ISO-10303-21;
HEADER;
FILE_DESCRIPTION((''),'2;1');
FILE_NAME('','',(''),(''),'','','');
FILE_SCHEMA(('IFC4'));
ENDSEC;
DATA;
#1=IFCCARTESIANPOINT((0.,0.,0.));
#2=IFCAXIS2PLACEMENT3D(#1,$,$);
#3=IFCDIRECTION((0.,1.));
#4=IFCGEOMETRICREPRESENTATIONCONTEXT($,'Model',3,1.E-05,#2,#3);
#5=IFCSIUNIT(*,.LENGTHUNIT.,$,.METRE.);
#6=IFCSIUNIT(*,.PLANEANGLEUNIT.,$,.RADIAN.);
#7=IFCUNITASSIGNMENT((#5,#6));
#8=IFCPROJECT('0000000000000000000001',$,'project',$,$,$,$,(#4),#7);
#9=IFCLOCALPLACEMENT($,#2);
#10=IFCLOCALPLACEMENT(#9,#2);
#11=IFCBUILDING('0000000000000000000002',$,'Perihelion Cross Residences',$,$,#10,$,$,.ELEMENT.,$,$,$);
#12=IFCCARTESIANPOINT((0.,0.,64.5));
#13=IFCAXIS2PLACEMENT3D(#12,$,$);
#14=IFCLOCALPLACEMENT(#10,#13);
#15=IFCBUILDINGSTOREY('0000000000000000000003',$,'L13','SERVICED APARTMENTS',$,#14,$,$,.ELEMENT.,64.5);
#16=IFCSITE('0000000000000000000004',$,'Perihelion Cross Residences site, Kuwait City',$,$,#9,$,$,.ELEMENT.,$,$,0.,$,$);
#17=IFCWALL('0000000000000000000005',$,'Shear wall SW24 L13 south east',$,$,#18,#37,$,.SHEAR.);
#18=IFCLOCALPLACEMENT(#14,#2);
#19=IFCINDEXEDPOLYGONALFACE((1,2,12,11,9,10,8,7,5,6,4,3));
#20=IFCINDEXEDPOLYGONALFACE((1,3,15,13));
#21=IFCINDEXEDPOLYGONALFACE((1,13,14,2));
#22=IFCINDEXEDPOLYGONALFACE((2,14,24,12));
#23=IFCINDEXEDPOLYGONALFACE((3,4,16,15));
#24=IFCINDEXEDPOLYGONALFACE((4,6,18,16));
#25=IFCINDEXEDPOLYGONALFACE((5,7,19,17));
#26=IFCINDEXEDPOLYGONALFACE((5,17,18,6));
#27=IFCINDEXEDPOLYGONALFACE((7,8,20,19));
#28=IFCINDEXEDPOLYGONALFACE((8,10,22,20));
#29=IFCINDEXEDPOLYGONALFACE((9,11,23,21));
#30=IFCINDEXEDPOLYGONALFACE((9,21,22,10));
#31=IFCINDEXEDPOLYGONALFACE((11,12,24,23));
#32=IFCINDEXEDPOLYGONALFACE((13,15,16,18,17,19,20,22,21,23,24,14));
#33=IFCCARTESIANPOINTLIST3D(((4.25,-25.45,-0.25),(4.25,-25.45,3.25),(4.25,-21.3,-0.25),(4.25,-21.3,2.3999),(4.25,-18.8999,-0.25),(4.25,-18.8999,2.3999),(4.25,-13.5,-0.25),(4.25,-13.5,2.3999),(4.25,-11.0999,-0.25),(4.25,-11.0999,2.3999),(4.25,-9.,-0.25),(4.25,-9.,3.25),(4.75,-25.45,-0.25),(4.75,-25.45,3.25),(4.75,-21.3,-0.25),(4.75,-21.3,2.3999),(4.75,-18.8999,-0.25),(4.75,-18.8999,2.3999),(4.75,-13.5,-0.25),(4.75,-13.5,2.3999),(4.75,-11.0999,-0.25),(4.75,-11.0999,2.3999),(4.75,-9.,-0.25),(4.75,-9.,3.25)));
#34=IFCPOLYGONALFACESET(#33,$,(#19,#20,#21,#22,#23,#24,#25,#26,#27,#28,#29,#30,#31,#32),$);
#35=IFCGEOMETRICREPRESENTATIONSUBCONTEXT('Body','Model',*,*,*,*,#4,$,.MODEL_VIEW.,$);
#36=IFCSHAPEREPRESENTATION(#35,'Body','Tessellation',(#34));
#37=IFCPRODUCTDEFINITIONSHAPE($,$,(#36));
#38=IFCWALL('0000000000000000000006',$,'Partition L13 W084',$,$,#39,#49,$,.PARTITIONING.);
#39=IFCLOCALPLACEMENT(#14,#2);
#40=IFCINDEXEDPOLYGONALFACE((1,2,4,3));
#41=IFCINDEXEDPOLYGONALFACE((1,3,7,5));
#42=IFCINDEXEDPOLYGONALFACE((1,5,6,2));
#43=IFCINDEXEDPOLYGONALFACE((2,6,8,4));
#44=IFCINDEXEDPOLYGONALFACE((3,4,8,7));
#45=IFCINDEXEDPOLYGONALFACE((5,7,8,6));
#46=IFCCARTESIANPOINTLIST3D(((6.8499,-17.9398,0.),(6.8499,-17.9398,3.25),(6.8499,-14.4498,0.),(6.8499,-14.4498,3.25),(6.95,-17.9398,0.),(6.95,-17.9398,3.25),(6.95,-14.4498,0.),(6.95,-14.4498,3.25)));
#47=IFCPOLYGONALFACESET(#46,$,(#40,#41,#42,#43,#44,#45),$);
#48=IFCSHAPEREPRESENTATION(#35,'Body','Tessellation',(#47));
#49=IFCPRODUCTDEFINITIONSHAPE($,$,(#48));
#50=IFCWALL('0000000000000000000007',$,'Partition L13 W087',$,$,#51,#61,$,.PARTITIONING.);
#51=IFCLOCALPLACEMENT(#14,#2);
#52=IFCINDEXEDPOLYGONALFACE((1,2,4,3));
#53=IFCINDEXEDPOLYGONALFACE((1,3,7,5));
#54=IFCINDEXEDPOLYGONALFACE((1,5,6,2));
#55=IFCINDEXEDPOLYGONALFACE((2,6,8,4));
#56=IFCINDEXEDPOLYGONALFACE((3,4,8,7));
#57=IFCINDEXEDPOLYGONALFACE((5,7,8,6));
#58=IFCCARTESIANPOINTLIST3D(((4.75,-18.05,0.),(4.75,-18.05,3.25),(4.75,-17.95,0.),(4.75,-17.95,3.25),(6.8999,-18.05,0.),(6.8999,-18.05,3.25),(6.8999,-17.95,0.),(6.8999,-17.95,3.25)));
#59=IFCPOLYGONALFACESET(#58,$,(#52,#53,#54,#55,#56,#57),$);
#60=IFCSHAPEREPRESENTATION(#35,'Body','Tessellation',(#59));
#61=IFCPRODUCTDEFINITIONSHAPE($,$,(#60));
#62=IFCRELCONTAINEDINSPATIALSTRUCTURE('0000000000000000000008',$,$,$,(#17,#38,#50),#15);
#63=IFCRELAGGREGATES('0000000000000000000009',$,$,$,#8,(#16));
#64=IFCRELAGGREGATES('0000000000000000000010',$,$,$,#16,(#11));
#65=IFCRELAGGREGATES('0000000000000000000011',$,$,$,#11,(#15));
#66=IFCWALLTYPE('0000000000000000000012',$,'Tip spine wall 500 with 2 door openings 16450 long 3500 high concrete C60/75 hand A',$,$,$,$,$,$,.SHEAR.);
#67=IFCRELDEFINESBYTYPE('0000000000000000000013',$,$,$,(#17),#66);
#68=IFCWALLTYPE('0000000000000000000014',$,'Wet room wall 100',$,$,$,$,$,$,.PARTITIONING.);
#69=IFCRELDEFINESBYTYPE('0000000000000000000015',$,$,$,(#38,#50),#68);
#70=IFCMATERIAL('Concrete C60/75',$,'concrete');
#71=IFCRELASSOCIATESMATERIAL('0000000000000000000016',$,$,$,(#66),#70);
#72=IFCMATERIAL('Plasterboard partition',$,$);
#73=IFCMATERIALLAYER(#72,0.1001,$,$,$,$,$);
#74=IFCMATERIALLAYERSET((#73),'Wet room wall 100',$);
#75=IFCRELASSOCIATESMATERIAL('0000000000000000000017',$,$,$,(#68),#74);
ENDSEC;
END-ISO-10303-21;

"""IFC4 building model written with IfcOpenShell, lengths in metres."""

from ifc_helpers import new_model, si_unit, direction, frame, frame_2d, origin, place, context, subcontext, project, spatial, polyline, rectangle, outline, extrude, material, layer, layer_set, material_profile, profile_set, type_object, element, save


model = new_model("IFC4")

# Units and contexts
model_context = context("Model", 3, precision=1e-05, world=origin(), true_north=direction((0.0, 1.0)))
body_context = subcontext(model_context, "Body", "Model", "MODEL_VIEW")
ifc_project = project(units=[si_unit("LENGTHUNIT", "METRE"), si_unit("PLANEANGLEUNIT", "RADIAN")], contexts=[model_context])

# Site, building, storey
site_placement = place(None, origin())
site = spatial("IfcSite", under=ifc_project, at=site_placement, Name="Perihelion Cross Residences site, Kuwait City", CompositionType="ELEMENT", RefElevation=0.0)
building_placement = place(site_placement, origin())
building = spatial("IfcBuilding", under=site, at=building_placement, Name="Perihelion Cross Residences", CompositionType="ELEMENT")
storey_placement = place(building_placement, frame((0.0, 0.0, 64.5)))
storey = spatial("IfcBuildingStorey", under=building, at=storey_placement, Name="L13", Description="SERVICED APARTMENTS", CompositionType="ELEMENT", Elevation=64.5)

# Walls
ifc_material_1 = material(Name="Concrete C60/75", Category="concrete")
ifc_material_profile_1 = material_profile(ifc_material_1, outline(polyline([(0.0, 0.0), (4.1499, 0.0), (4.1499, 2.6499), (6.55, 2.6499), (6.55, 0.0), (11.95, 0.0), (11.95, 2.6499), (14.3501, 2.6499), (14.3501, 0.0), (16.45, 0.0), (16.45, 3.5), (0.0, 3.5), (0.0, 0.0)])), Name="Tip spine wall")
ifc_profile_set_1 = profile_set([ifc_material_profile_1], Name="Concrete C60/75")
wall_type_1 = type_object("IfcWallType", Name="Tip spine wall 500 with 2 door openings 16450 long 3500 high concrete C60/75 hand A", PredefinedType="SHEAR", material=ifc_profile_set_1)
wall_1_placement = place(storey_placement, frame((4.25, -25.45, -0.25), z_axis=(1.0, 0.0, 0.0), x_axis=(0.0, 1.0, 0.0)))
element("IfcWall", 1, at=wall_1_placement, inside=storey, type_object=wall_type_1, Name="Shear wall SW24 L13 south east", PredefinedType="SHEAR", context=body_context, shape_type="SweptSolid", body=[
    extrude(outline(polyline([(0.0, 0.0), (4.1499, 0.0), (4.1499, 2.6499), (6.55, 2.6499), (6.55, 0.0), (11.95, 0.0), (11.95, 2.6499), (14.3501, 2.6499), (14.3501, 0.0), (16.45, 0.0), (16.45, 3.5), (0.0, 3.5), (0.0, 0.0)])), origin(), (0.0, 0.0, 1.0), 0.5),
])
ifc_material_2 = material(Name="Plasterboard partition")
ifc_layer_1 = layer(ifc_material_2, 0.1001)
ifc_layer_set_1 = layer_set([ifc_layer_1], Name="Wet room wall 100")
wall_type_2 = type_object("IfcWallType", Name="Wet room wall 100", PredefinedType="PARTITIONING", material=ifc_layer_set_1)
wall_2_placement = place(storey_placement, frame((6.8999, -17.9399, 0.0), z_axis=(0.0, 0.0, 1.0), x_axis=(0.0, 1.0, 0.0)))
element("IfcWall", 2, at=wall_2_placement, inside=storey, type_object=wall_type_2, Name="Partition L13 W084", PredefinedType="PARTITIONING", context=body_context, shape_type="SweptSolid", body=[
    extrude(rectangle(XDim=3.49, YDim=0.1001, at=frame_2d((1.7451, 0.0))), origin(), (0.0, 0.0, 1.0), 3.25),
])
wall_3_placement = place(storey_placement, frame((6.8999, -18.0, 0.0), z_axis=(0.0, 0.0, 1.0), x_axis=(-1.0, 0.0, 0.0)))
element("IfcWall", 3, at=wall_3_placement, inside=storey, type_object=wall_type_2, Name="Partition L13 W087", PredefinedType="PARTITIONING", context=body_context, shape_type="SweptSolid", body=[
    extrude(rectangle(XDim=2.1499, YDim=0.1001, at=frame_2d((1.075, 0.0))), origin(), (0.0, 0.0, 1.0), 3.25),
])

save(model, "model.ifc")
